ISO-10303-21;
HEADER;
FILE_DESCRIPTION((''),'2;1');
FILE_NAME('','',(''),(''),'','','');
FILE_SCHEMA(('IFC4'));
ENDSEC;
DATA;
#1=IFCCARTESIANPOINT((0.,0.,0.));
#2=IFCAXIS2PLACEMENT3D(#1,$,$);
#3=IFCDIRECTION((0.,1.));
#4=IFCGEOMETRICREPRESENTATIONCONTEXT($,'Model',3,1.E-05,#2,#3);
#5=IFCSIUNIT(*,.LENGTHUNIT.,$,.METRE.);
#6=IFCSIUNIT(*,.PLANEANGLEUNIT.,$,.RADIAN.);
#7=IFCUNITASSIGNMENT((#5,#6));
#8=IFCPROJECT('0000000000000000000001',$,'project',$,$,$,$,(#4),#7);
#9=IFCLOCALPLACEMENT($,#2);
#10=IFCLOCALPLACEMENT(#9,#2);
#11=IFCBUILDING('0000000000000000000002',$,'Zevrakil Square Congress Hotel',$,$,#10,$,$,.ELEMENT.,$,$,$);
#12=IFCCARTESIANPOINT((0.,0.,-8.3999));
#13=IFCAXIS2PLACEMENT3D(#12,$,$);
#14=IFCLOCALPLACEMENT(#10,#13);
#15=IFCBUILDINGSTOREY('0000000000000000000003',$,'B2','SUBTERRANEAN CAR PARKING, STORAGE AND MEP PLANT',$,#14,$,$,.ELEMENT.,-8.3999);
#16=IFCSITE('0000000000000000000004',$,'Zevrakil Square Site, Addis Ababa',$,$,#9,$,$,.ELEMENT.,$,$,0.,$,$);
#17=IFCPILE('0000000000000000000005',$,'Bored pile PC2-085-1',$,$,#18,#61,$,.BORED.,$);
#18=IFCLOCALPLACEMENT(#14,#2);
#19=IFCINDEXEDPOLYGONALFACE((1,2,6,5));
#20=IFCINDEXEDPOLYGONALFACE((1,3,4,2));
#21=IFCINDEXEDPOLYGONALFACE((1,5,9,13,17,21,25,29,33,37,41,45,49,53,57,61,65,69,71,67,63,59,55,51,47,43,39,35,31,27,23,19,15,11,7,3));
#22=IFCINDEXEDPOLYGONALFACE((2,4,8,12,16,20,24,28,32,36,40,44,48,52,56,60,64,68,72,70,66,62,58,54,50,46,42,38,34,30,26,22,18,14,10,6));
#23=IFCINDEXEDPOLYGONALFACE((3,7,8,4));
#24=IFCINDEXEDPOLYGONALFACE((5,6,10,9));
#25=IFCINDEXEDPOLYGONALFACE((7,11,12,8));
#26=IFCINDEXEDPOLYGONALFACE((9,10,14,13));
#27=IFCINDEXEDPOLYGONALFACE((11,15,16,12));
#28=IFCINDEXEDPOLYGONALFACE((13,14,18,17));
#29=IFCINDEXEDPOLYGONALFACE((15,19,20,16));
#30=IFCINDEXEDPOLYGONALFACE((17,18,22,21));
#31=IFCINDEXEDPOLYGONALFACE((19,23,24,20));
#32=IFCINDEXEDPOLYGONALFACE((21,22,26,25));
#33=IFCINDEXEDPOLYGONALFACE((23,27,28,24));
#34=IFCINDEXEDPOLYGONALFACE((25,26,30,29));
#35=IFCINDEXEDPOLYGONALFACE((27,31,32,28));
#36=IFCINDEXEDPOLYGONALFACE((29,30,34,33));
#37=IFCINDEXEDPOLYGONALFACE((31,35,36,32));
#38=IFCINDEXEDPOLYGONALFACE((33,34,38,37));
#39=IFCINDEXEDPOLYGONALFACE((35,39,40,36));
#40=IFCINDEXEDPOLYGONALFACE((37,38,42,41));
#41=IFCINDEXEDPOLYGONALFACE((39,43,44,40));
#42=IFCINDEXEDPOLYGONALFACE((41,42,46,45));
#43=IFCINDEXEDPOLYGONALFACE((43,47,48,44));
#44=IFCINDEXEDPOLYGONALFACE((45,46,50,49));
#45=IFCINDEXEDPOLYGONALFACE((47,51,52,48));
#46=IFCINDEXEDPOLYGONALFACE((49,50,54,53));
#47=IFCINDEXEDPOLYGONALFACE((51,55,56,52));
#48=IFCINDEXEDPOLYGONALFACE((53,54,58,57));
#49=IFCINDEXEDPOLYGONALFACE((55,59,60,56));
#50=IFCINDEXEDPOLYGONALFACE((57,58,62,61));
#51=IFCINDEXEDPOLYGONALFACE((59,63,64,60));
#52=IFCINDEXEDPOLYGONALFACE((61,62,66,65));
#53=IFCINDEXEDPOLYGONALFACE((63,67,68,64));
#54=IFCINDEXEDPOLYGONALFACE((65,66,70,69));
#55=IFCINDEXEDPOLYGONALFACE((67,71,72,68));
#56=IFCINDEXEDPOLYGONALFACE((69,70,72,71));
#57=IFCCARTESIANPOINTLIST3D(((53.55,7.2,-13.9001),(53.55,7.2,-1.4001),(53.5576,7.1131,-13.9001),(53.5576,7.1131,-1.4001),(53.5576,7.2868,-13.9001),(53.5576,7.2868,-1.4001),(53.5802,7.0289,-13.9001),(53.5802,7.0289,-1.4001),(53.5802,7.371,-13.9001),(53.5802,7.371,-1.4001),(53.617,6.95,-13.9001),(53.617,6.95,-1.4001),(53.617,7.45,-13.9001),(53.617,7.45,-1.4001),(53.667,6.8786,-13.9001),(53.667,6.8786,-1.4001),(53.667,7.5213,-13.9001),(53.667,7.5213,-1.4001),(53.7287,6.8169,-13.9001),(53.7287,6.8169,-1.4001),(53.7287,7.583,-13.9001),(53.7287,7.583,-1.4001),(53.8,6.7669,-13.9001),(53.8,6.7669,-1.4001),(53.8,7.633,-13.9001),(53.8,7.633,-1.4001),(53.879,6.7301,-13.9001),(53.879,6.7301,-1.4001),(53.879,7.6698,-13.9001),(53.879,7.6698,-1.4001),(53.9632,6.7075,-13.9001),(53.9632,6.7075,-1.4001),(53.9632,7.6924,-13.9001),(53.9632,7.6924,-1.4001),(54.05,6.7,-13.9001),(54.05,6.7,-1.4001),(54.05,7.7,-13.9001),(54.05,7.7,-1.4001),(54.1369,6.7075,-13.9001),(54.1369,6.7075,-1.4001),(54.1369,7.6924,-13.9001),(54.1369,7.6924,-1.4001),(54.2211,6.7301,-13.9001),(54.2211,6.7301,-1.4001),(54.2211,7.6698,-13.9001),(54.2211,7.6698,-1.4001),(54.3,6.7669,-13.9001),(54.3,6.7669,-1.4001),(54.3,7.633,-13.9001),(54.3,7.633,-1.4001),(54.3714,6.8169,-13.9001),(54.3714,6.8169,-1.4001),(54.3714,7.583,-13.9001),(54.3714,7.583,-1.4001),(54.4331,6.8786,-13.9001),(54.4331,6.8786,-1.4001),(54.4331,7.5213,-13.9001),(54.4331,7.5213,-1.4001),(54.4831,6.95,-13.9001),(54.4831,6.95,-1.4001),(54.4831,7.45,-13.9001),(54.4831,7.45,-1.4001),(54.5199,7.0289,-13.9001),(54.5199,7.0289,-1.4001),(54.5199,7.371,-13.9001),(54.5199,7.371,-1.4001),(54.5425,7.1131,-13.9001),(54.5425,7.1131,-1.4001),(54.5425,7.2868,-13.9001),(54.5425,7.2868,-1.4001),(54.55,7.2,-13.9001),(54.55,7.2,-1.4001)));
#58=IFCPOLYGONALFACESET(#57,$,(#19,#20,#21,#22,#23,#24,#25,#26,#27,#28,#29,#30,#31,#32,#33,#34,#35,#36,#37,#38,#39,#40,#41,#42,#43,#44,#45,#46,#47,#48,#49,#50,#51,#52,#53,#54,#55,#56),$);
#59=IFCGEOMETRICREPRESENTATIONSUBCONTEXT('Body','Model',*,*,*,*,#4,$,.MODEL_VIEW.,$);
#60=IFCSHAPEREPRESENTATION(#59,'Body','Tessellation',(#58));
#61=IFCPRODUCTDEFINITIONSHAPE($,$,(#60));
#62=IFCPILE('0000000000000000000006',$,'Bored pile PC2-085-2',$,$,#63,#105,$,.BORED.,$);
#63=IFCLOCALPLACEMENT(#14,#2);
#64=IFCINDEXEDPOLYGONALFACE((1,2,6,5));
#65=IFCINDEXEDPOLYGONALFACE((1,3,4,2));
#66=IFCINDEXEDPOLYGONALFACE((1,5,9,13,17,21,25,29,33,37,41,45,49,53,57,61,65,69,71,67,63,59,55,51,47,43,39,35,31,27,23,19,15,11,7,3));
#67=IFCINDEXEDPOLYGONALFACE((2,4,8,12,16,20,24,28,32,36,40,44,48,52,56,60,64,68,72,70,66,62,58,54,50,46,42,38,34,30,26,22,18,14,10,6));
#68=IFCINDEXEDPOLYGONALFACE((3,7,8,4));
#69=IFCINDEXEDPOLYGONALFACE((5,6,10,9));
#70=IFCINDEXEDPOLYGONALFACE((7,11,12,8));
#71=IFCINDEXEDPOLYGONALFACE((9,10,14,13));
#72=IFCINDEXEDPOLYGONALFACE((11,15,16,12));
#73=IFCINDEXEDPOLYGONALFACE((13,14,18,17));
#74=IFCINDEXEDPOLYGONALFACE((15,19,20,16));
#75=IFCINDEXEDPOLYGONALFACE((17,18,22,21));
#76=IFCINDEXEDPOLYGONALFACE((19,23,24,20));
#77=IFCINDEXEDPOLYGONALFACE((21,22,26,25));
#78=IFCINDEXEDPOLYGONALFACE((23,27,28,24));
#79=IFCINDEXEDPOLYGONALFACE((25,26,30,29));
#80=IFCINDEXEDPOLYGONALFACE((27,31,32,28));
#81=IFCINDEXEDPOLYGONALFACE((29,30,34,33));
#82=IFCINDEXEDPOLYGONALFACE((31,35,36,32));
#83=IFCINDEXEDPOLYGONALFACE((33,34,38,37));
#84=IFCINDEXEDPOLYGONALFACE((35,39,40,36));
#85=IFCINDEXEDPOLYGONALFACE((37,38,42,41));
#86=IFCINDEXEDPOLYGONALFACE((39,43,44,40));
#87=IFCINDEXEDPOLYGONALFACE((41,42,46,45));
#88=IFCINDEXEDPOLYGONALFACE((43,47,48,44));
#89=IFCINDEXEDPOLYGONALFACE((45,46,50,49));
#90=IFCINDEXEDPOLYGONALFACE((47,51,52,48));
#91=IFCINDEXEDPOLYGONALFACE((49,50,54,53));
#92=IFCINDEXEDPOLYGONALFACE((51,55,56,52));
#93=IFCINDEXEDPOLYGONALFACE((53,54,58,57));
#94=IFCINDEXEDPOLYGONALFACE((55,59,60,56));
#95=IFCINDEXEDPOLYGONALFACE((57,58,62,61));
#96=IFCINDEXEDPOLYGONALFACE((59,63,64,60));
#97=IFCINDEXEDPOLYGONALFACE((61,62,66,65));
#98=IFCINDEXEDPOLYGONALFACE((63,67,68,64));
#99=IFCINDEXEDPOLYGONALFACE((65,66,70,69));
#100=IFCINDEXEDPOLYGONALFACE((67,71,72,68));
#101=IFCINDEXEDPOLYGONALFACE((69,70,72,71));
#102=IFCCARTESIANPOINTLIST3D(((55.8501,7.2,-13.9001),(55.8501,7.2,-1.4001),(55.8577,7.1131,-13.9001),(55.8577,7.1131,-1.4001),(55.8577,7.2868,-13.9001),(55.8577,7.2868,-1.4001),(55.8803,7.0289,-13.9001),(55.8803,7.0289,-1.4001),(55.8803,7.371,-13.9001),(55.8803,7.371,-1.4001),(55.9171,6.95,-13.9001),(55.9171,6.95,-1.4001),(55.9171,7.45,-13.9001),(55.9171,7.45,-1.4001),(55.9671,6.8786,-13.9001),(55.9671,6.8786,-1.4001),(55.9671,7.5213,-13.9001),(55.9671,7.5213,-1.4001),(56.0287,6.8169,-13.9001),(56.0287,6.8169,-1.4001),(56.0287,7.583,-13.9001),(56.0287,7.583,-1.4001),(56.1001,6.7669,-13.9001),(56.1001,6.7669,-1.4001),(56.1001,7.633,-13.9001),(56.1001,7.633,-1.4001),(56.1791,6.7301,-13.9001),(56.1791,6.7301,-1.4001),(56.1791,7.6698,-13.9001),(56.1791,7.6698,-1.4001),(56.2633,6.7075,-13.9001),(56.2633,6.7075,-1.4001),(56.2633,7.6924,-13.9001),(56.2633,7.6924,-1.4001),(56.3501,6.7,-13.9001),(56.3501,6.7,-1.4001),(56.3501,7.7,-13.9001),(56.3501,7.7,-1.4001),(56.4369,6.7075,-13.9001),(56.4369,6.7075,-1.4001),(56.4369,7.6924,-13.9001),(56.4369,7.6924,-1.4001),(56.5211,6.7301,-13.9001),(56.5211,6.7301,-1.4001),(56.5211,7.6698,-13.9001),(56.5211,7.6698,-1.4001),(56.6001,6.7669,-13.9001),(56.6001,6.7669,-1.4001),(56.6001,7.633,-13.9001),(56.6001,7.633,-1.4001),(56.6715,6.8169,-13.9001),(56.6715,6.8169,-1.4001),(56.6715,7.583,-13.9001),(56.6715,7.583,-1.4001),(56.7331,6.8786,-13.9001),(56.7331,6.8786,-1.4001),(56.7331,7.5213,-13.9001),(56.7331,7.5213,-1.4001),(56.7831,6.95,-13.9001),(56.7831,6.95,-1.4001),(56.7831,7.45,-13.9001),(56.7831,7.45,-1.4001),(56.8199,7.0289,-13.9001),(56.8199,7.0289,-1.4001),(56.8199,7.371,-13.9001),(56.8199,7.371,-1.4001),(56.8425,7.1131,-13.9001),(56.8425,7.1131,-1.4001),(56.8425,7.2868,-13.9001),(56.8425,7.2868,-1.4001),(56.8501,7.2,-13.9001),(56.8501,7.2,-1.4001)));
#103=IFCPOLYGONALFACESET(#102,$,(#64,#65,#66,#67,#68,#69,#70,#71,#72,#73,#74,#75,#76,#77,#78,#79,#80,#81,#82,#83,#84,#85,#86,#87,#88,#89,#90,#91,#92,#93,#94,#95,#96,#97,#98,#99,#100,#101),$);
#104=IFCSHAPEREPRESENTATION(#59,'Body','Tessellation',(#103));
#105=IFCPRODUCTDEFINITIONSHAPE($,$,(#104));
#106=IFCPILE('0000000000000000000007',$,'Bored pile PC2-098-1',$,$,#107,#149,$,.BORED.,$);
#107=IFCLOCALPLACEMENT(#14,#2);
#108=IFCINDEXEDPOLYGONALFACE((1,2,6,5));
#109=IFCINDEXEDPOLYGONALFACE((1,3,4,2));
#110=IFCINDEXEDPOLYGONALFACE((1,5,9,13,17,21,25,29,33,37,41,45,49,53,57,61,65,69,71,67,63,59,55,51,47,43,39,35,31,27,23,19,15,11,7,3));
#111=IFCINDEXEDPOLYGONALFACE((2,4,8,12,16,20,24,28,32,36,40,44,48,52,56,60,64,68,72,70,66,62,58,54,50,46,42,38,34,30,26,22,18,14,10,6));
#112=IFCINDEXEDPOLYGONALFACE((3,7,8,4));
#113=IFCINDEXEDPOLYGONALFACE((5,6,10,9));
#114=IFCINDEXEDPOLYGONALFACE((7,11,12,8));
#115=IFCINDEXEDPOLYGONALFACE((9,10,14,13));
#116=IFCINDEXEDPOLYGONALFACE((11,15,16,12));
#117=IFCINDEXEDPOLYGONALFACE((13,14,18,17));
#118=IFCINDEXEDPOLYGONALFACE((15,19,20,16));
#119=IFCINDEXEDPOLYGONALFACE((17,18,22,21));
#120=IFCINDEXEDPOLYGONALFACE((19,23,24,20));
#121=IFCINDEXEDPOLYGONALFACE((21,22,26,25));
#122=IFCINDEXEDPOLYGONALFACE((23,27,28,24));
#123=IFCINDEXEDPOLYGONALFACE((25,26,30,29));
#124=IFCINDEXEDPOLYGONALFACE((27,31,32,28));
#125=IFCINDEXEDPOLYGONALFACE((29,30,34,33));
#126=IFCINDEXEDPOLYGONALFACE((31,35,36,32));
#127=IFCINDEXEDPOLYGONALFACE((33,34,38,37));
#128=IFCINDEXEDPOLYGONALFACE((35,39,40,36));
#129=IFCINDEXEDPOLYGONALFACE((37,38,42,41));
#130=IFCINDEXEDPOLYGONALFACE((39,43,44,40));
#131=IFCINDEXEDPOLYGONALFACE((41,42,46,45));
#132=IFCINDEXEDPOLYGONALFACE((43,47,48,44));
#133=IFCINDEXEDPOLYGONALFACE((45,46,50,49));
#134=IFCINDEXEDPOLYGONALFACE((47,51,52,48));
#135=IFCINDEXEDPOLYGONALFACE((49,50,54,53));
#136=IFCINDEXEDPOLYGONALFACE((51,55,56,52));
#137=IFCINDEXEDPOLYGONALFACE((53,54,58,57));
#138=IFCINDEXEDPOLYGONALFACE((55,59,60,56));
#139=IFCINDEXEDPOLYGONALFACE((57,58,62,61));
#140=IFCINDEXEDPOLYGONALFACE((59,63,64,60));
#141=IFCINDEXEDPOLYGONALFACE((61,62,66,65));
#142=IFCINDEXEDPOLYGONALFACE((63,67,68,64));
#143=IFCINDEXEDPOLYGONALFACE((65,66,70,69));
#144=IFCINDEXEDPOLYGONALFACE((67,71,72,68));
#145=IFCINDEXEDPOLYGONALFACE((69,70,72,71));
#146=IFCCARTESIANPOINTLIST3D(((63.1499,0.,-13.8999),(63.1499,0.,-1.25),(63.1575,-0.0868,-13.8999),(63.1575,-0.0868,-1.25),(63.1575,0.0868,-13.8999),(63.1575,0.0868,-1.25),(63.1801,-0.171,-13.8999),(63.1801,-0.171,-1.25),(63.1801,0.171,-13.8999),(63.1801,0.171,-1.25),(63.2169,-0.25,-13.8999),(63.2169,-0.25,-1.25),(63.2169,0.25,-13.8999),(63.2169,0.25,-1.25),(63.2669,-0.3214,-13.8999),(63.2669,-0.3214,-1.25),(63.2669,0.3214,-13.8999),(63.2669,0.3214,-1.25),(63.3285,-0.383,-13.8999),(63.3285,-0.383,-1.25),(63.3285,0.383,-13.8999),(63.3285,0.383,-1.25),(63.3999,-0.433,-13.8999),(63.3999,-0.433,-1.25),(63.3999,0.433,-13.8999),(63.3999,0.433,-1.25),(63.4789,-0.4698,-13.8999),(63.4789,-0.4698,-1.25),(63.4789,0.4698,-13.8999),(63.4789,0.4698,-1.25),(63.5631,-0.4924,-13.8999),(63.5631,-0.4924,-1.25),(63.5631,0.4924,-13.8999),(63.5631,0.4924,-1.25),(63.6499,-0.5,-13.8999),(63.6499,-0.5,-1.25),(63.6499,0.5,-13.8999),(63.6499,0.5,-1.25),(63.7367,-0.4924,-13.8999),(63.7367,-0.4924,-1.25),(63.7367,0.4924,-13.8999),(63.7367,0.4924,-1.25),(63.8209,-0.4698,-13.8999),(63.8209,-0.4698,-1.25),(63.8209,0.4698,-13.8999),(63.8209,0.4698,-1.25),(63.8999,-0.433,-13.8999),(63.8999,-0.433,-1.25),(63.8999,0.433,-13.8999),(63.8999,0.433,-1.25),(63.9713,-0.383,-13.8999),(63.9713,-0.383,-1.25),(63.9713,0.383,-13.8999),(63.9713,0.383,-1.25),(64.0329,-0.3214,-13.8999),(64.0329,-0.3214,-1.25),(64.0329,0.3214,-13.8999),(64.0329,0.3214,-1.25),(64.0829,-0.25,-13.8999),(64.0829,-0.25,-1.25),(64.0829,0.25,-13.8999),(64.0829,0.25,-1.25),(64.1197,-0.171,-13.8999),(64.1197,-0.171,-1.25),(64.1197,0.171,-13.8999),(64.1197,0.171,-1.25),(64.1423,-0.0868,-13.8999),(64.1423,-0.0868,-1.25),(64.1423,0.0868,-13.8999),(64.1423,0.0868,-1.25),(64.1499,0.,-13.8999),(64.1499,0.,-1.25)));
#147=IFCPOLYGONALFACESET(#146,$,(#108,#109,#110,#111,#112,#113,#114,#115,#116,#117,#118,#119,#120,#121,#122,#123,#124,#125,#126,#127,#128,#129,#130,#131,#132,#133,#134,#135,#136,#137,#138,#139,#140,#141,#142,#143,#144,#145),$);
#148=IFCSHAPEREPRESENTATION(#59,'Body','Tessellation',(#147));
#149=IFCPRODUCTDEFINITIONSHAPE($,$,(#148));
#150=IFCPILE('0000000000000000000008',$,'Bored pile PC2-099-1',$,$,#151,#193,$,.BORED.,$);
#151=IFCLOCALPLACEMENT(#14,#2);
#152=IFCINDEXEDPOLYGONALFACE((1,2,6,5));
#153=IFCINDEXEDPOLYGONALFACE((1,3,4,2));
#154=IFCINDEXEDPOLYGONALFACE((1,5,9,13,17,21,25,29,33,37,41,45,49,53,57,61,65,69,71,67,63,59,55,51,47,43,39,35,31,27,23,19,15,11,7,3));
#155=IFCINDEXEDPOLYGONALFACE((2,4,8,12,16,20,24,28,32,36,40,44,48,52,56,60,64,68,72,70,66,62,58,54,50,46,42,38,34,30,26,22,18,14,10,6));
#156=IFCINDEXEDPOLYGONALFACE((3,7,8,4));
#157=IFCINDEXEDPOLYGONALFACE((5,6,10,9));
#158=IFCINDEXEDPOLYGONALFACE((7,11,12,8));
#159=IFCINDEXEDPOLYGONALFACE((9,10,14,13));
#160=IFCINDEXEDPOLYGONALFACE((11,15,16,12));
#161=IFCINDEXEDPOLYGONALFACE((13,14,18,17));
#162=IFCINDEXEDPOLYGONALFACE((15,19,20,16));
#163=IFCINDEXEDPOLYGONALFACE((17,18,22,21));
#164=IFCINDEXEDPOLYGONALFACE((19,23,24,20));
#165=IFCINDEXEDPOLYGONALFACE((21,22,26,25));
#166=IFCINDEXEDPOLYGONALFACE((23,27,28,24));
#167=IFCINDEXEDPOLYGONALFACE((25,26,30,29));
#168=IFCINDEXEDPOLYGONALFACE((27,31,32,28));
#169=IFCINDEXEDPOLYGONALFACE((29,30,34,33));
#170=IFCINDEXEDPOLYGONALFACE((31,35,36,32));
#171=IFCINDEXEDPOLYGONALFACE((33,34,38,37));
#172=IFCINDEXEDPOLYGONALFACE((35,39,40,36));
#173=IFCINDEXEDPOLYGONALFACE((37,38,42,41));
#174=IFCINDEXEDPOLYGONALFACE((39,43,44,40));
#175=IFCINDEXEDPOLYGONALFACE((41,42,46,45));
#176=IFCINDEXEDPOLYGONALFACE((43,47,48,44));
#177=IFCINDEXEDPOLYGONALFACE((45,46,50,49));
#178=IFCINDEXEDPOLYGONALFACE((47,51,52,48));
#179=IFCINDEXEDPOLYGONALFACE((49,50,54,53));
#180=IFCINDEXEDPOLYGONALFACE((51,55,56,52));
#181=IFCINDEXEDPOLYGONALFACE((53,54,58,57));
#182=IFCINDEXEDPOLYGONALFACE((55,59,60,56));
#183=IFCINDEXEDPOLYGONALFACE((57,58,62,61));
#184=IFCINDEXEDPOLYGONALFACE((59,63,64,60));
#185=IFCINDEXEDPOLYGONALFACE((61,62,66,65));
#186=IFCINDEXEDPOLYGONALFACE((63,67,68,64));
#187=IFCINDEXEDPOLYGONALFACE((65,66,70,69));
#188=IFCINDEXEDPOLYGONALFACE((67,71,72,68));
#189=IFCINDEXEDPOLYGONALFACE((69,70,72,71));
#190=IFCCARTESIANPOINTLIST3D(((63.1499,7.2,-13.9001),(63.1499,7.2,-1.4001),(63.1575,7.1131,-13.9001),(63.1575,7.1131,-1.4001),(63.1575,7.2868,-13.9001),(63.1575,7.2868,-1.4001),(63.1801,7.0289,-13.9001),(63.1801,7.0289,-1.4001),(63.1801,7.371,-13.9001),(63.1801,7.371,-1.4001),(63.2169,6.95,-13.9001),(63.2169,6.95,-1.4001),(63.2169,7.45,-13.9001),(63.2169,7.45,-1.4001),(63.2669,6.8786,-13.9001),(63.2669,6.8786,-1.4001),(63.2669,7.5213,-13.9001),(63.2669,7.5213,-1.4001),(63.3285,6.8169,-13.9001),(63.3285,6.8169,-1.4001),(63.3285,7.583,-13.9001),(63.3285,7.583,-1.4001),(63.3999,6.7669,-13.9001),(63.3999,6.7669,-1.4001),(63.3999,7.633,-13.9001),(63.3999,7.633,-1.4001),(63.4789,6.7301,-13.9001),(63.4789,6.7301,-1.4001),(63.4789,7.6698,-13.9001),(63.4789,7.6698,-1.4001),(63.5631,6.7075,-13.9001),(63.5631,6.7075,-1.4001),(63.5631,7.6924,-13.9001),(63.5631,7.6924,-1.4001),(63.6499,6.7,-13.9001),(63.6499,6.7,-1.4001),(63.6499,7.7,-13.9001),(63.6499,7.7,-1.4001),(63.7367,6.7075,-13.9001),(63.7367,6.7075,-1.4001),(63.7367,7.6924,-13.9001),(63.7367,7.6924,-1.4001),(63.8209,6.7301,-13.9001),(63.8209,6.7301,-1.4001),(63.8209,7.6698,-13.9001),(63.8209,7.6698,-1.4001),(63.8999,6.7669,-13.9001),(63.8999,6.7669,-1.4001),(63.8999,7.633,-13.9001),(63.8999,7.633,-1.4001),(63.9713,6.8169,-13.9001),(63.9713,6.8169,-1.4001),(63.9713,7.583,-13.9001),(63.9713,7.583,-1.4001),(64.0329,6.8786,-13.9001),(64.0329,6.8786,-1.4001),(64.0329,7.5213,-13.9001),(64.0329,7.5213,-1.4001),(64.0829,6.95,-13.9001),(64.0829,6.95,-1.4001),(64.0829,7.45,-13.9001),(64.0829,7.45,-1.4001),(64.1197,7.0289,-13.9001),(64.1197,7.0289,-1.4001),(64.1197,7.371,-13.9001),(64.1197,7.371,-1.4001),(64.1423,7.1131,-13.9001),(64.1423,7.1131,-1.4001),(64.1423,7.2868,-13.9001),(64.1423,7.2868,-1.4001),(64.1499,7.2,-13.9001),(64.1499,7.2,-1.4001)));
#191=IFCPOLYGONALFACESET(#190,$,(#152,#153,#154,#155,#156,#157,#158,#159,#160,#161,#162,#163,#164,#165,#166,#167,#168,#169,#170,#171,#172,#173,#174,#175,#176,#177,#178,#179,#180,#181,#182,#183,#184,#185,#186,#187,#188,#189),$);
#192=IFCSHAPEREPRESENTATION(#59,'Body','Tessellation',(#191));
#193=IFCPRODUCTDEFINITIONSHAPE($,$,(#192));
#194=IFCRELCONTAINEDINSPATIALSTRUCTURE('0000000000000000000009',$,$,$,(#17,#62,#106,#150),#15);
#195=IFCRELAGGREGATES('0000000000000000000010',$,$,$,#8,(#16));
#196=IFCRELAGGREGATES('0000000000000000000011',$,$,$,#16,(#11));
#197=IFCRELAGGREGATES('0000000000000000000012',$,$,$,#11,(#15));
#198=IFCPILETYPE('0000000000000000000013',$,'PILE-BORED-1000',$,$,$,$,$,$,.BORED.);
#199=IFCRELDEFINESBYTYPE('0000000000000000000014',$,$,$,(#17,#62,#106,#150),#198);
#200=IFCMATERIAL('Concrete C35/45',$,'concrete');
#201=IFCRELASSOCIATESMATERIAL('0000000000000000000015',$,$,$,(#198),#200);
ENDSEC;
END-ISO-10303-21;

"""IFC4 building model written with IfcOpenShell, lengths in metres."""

from ifc_helpers import new_model, si_unit, direction, frame, origin, origin_2d, place, context, subcontext, project, spatial, circle, extrude, material, material_profile, profile_set, type_object, element, save


model = new_model("IFC4")

# Units and contexts
model_context = context("Model", 3, precision=1e-05, world=origin(), true_north=direction((0.0, 1.0)))
body_context = subcontext(model_context, "Body", "Model", "MODEL_VIEW")
ifc_project = project(units=[si_unit("LENGTHUNIT", "METRE"), si_unit("PLANEANGLEUNIT", "RADIAN")], contexts=[model_context])

# Site, building, storey
site_placement = place(None, origin())
site = spatial("IfcSite", under=ifc_project, at=site_placement, Name="Zevrakil Square Site, Addis Ababa", CompositionType="ELEMENT", RefElevation=0.0)
building_placement = place(site_placement, origin())
building = spatial("IfcBuilding", under=site, at=building_placement, Name="Zevrakil Square Congress Hotel", CompositionType="ELEMENT")
storey_placement = place(building_placement, frame((0.0, 0.0, -8.3999)))
storey = spatial("IfcBuildingStorey", under=building, at=storey_placement, Name="B2", Description="SUBTERRANEAN CAR PARKING, STORAGE AND MEP PLANT", CompositionType="ELEMENT", Elevation=-8.3999)

# Piles
ifc_material_1 = material(Name="Concrete C35/45", Category="concrete")
ifc_material_profile_1 = material_profile(ifc_material_1, circle(Radius=0.5, at=origin_2d()), Name="PILE D1000")
ifc_profile_set_1 = profile_set([ifc_material_profile_1], Name="Concrete C35/45")
pile_type = type_object("IfcPileType", Name="PILE-BORED-1000", PredefinedType="BORED", material=ifc_profile_set_1)
for number, where, z_axis, x_axis, name in (
    (1, (54.05, 7.2, -1.4001), (0.0, 0.0, -1.0), (1.0, 0.0, 0.0), "Bored pile PC2-085-1"),
    (2, (56.3501, 7.2, -1.4001), (0.0, 0.0, -1.0), (1.0, 0.0, 0.0), "Bored pile PC2-085-2"),
):
    element("IfcPile", number, at=place(storey_placement, frame(where, z_axis=z_axis, x_axis=x_axis)), inside=storey, type_object=pile_type, Name=name, PredefinedType="BORED", context=body_context, shape_type="SweptSolid", body=[
        extrude(circle(Radius=0.5, at=origin_2d()), origin(), (0.0, 0.0, 1.0), 12.5),
    ])
pile_1_placement = place(storey_placement, frame((63.6499, 0.0, -1.25), z_axis=(0.0, 0.0, -1.0), x_axis=(1.0, 0.0, 0.0)))
element("IfcPile", 3, at=pile_1_placement, inside=storey, type_object=pile_type, Name="Bored pile PC2-098-1", PredefinedType="BORED", context=body_context, shape_type="SweptSolid", body=[
    extrude(circle(Radius=0.5, at=origin_2d()), origin(), (0.0, 0.0, 1.0), 12.6499),
])
pile_2_placement = place(storey_placement, frame((63.6499, 7.2, -1.4001), z_axis=(0.0, 0.0, -1.0), x_axis=(1.0, 0.0, 0.0)))
element("IfcPile", 4, at=pile_2_placement, inside=storey, type_object=pile_type, Name="Bored pile PC2-099-1", PredefinedType="BORED", context=body_context, shape_type="SweptSolid", body=[
    extrude(circle(Radius=0.5, at=origin_2d()), origin(), (0.0, 0.0, 1.0), 12.5),
])

save(model, "model.ifc")
